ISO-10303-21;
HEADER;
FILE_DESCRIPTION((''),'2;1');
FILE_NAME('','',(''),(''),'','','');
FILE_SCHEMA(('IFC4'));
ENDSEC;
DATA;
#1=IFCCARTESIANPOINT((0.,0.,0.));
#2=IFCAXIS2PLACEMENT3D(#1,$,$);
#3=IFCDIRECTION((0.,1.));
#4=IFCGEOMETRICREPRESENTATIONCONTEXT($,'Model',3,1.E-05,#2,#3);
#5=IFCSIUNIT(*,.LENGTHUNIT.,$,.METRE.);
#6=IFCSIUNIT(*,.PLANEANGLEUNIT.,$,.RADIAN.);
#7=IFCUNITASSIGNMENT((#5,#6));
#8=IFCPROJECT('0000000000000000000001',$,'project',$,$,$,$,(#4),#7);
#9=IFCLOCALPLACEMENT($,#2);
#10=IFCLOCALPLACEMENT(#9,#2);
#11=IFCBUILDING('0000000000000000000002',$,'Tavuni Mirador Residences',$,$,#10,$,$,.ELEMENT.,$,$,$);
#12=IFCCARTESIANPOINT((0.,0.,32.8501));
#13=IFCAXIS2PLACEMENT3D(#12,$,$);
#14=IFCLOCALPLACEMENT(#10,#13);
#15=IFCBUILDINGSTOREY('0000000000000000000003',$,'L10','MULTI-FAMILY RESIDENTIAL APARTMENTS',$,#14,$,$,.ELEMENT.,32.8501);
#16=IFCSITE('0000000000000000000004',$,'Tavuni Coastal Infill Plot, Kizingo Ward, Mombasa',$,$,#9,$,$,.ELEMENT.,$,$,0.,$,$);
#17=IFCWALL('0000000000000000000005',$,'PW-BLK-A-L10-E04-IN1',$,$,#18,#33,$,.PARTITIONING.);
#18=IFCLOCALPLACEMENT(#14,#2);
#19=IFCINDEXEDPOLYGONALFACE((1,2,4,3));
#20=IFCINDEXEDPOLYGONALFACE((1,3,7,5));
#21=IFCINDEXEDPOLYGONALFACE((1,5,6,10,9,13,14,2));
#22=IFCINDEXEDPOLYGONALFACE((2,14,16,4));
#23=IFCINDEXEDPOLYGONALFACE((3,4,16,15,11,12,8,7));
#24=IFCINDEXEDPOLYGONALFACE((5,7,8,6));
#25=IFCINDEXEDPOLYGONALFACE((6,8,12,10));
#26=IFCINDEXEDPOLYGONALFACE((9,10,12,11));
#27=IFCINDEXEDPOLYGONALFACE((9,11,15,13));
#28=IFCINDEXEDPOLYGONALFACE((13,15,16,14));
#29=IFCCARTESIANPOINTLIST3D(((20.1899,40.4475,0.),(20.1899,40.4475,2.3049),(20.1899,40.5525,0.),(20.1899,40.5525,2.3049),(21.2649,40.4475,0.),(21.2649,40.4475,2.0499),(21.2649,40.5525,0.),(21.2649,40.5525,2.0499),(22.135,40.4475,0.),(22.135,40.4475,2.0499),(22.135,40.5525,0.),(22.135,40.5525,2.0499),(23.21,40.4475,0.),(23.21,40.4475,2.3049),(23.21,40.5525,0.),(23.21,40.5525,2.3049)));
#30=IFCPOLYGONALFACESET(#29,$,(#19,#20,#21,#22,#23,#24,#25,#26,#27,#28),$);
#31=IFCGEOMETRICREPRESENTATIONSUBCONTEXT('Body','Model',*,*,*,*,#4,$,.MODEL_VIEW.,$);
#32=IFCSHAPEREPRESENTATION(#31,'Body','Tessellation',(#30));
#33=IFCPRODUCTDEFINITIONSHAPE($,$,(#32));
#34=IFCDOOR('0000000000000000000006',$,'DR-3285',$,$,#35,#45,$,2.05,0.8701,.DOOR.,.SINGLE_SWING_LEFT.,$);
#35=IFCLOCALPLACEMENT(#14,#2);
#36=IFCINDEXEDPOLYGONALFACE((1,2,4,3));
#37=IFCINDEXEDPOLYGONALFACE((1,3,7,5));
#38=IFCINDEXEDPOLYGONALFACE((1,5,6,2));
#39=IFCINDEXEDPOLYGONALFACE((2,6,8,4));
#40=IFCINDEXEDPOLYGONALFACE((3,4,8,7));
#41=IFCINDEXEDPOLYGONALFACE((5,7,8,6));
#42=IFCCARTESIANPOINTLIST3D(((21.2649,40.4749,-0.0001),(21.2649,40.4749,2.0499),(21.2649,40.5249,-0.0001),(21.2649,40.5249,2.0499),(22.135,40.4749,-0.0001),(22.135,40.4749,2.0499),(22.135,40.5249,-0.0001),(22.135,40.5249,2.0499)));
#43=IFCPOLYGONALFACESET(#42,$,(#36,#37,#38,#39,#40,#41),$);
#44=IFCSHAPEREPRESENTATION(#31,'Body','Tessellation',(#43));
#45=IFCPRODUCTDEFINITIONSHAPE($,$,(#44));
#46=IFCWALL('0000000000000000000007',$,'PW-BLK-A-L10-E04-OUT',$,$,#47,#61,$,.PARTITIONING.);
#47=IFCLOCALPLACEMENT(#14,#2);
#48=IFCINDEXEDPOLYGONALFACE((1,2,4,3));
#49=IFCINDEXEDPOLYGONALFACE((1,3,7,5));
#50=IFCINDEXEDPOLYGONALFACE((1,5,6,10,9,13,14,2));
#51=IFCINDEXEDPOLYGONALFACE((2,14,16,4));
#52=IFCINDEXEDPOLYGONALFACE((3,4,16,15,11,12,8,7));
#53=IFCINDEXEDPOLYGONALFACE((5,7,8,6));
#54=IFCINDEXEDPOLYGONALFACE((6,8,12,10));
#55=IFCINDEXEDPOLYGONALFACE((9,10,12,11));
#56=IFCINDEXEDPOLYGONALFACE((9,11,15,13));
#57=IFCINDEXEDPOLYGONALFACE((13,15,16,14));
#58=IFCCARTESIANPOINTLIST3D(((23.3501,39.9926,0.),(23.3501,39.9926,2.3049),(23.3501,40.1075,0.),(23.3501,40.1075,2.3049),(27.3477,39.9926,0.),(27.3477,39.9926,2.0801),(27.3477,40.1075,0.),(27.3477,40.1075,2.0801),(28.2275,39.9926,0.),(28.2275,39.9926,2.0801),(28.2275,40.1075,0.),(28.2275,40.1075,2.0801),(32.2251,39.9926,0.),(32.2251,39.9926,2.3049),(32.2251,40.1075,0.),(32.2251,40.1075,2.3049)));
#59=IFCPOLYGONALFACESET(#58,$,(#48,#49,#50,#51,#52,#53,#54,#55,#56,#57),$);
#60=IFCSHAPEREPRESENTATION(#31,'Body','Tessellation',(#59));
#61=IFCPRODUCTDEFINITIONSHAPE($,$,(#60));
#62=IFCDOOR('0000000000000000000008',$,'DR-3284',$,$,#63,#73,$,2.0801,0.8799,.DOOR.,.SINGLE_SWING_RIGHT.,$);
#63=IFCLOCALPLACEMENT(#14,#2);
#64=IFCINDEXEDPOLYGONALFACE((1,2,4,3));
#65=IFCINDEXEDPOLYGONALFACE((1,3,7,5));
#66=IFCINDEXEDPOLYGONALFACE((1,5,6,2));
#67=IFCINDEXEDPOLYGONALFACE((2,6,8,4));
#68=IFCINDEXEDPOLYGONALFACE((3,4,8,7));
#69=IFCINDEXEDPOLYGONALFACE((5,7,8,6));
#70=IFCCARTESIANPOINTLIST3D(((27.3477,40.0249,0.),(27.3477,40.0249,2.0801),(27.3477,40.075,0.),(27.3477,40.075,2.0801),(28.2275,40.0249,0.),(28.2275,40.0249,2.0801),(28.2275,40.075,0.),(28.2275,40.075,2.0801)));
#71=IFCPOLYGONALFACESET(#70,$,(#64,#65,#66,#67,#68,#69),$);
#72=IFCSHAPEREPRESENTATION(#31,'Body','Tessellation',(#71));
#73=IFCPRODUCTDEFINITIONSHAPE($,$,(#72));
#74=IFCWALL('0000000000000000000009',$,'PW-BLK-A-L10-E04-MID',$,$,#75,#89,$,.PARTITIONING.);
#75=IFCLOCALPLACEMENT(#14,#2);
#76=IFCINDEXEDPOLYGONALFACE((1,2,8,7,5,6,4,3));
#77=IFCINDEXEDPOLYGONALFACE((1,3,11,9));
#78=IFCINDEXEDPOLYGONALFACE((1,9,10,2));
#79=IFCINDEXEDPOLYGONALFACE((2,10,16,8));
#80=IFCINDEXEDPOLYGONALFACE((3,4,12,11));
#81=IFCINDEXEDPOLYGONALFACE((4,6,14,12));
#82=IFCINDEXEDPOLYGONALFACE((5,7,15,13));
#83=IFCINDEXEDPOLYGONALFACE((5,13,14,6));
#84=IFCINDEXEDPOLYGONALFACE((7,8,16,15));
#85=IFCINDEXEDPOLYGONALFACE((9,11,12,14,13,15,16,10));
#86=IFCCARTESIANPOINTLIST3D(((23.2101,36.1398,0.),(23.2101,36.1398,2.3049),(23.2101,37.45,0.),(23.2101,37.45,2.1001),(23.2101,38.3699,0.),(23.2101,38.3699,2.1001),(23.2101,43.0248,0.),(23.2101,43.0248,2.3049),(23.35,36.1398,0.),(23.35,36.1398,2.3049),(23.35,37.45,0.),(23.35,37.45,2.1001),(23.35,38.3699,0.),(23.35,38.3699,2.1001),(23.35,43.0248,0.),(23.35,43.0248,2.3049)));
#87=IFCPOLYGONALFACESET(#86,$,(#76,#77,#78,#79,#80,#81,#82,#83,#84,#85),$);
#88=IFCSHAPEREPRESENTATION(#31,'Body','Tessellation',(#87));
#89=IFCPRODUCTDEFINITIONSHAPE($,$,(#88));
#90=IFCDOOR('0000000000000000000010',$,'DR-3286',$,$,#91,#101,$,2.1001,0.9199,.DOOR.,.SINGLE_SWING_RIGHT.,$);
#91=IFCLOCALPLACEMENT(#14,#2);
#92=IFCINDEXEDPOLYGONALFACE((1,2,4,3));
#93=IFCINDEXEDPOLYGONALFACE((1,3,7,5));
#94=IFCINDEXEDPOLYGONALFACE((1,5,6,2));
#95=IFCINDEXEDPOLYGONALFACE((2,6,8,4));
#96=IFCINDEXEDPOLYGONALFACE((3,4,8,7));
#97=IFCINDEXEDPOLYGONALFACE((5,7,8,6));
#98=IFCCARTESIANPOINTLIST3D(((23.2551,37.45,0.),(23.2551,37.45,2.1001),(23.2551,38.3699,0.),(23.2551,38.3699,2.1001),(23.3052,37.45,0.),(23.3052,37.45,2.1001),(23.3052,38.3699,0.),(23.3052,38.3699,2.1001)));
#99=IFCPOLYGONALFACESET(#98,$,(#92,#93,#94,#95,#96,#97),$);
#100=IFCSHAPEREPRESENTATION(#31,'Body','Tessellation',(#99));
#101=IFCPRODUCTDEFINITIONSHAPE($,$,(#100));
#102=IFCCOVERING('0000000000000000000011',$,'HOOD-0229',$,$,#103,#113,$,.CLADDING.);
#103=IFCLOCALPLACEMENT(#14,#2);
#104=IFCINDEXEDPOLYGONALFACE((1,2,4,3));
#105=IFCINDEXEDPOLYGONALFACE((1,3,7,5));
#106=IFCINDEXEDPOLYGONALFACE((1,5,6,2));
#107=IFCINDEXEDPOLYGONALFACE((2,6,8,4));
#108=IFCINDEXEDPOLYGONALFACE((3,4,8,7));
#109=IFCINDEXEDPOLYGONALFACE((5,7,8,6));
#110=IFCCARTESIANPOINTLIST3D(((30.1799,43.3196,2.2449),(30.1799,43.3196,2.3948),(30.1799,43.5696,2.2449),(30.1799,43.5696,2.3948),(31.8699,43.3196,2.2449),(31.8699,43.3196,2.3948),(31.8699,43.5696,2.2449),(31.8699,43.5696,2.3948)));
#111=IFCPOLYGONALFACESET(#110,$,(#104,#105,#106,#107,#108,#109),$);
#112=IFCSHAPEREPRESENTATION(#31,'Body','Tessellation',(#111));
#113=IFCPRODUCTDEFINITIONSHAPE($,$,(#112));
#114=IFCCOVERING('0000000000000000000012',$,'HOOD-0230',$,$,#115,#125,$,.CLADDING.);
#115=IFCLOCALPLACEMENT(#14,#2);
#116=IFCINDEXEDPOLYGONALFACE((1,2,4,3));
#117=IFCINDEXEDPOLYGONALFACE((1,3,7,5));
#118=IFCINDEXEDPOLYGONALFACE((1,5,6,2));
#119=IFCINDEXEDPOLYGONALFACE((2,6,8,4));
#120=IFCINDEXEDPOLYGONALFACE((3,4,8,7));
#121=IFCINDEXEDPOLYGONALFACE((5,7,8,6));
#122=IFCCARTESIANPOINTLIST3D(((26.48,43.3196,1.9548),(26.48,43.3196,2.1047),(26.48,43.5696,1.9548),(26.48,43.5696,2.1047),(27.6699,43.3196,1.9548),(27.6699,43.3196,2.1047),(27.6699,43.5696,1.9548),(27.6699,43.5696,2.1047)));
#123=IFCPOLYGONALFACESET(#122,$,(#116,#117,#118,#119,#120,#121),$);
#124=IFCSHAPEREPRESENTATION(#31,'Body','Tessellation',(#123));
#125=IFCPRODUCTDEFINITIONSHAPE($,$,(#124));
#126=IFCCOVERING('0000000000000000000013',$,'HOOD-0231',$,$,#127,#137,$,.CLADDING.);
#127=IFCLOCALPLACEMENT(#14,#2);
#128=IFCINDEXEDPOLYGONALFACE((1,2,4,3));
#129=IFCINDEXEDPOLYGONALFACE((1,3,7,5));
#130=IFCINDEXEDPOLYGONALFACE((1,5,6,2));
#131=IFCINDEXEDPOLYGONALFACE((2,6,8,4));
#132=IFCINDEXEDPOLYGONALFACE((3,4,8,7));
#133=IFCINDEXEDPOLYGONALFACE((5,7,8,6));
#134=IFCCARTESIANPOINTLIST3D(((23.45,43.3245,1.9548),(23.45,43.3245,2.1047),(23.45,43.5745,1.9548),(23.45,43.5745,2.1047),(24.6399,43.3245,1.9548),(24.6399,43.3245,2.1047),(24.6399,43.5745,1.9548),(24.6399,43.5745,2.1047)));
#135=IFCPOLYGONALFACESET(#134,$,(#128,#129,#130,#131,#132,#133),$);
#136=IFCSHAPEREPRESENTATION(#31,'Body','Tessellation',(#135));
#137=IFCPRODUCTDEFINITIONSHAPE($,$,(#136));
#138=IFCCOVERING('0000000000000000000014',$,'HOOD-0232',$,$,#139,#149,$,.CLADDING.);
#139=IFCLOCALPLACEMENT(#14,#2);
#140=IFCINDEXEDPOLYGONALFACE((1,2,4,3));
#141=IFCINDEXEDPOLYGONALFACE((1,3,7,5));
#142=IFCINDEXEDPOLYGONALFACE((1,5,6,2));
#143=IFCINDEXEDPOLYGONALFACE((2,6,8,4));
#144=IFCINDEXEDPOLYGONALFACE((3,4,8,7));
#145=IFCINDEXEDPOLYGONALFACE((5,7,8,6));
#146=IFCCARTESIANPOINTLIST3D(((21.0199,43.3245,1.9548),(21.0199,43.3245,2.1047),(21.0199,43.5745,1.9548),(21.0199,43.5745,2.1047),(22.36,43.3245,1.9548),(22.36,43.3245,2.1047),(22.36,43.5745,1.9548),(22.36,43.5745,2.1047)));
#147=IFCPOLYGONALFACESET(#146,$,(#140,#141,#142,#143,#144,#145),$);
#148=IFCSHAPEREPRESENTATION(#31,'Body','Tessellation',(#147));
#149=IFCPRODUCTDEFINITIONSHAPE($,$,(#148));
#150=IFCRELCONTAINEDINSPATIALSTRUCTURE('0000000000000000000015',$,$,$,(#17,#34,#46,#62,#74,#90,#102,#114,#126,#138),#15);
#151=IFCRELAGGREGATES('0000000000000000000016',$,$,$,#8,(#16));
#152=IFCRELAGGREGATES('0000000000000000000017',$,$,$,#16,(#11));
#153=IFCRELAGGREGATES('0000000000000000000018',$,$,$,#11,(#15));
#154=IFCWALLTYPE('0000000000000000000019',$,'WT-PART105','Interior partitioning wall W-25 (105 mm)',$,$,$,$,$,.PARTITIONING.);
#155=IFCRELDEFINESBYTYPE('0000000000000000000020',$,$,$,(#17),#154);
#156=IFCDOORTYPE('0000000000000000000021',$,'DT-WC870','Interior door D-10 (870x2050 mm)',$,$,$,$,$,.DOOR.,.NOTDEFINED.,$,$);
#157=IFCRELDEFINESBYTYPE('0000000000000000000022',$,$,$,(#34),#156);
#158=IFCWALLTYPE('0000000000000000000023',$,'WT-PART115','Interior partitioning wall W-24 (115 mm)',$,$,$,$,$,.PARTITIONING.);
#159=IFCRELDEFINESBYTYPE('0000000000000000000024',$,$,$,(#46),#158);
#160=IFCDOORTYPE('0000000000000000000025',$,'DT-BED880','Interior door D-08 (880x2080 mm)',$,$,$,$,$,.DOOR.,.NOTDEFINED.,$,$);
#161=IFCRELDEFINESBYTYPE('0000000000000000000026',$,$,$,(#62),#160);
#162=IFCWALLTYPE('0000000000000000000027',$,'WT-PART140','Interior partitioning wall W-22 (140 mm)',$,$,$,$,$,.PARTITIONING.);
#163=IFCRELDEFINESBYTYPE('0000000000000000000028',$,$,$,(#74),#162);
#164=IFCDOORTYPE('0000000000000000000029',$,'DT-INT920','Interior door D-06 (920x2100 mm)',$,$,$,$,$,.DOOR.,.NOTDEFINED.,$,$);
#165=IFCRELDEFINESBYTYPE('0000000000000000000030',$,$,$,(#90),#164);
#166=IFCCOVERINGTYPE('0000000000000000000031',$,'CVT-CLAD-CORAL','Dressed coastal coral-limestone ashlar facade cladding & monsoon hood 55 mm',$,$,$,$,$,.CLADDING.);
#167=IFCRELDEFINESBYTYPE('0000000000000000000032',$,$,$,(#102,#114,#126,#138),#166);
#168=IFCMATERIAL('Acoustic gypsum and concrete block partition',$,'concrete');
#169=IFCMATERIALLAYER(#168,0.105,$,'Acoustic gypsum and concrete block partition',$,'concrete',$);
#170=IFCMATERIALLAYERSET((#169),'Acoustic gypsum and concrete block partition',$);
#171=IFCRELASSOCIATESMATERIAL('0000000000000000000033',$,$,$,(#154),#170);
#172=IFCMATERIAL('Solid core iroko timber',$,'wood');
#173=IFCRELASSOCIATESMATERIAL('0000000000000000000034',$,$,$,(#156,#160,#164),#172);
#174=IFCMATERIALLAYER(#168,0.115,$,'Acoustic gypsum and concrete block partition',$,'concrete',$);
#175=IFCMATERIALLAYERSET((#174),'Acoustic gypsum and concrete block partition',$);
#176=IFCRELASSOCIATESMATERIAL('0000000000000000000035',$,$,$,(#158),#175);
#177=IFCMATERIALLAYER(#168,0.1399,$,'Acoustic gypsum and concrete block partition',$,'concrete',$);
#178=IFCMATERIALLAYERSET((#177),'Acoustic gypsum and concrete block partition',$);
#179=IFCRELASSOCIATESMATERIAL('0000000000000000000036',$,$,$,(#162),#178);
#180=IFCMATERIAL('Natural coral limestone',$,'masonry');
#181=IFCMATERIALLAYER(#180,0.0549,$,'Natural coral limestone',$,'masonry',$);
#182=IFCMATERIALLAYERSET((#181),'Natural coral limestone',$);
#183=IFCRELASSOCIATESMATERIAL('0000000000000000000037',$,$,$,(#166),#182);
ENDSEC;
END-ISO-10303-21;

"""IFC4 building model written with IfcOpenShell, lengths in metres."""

from ifc_helpers import new_model, si_unit, direction, frame, frame_2d, origin, origin_2d, place, context, subcontext, project, spatial, rectangle, extrude, material, layer, layer_set, type_object, element, fill, save


model = new_model("IFC4")

# Units and contexts
model_context = context("Model", 3, precision=1e-05, world=origin(), true_north=direction((0.0, 1.0)))
body_context = subcontext(model_context, "Body", "Model", "MODEL_VIEW")
ifc_project = project(units=[si_unit("LENGTHUNIT", "METRE"), si_unit("PLANEANGLEUNIT", "RADIAN")], contexts=[model_context])

# Site, building, storey
site_placement = place(None, origin())
site = spatial("IfcSite", under=ifc_project, at=site_placement, Name="Tavuni Coastal Infill Plot, Kizingo Ward, Mombasa", CompositionType="ELEMENT", RefElevation=0.0)
building_placement = place(site_placement, origin())
building = spatial("IfcBuilding", under=site, at=building_placement, Name="Tavuni Mirador Residences", CompositionType="ELEMENT")
storey_placement = place(building_placement, frame((0.0, 0.0, 32.8501)))
storey = spatial("IfcBuildingStorey", under=building, at=storey_placement, Name="L10", Description="MULTI-FAMILY RESIDENTIAL APARTMENTS", CompositionType="ELEMENT", Elevation=32.8501)

# Walls, openings, doors
ifc_material_1 = material(Name="Acoustic gypsum and concrete block partition", Category="concrete")
ifc_layer_1 = layer(ifc_material_1, 0.105, Name="Acoustic gypsum and concrete block partition", Category="concrete")
ifc_layer_set_1 = layer_set([ifc_layer_1], Name="Acoustic gypsum and concrete block partition")
wall_type_1 = type_object("IfcWallType", Name="WT-PART105", Description="Interior partitioning wall W-25 (105 mm)", PredefinedType="PARTITIONING", material=ifc_layer_set_1)
wall_1_placement = place(storey_placement, frame((20.1899, 40.5, 0.0), z_axis=(0.0, 0.0, 1.0), x_axis=(1.0, 0.0, 0.0)))
wall_1 = element("IfcWall", 1, at=wall_1_placement, inside=storey, type_object=wall_type_1, Name="PW-BLK-A-L10-E04-IN1", PredefinedType="PARTITIONING", context=body_context, shape_type="SweptSolid", body=[
    extrude(rectangle(XDim=3.02, YDim=0.105, at=frame_2d((1.51, 0.0))), origin(), (0.0, 0.0, 1.0), 2.3049),
])
opening_1_placement = place(wall_1_placement, frame((1.075, 0.0, 0.0)))
opening_1 = element("IfcOpeningElement", 2, at=opening_1_placement, cuts=wall_1, PredefinedType="OPENING", context=body_context, shape_type="SweptSolid", body=[
    extrude(rectangle(XDim=0.8701, YDim=2.05, at=frame_2d((0.4351, 1.0249))), frame((0.0, 0.0625, 0.0), z_axis=(0.0, -1.0, 0.0), x_axis=(1.0, 0.0, 0.0)), (0.0, 0.0, 1.0), 0.125),
])
ifc_material_2 = material(Name="Solid core iroko timber", Category="wood")
door_type_1 = type_object("IfcDoorType", Name="DT-WC870", Description="Interior door D-10 (870x2050 mm)", OperationType="NOTDEFINED", PredefinedType="DOOR", material=ifc_material_2)
door_1_placement = place(opening_1_placement, origin())
door_1 = element("IfcDoor", 3, at=door_1_placement, inside=storey, type_object=door_type_1, Name="DR-3285", OperationType="SINGLE_SWING_LEFT", OverallHeight=2.05, OverallWidth=0.8701, PredefinedType="DOOR", context=body_context, shape_type="SweptSolid", body=[
    extrude(rectangle(XDim=0.8701, YDim=2.05, at=frame_2d((0.4351, 1.0249))), frame((0.0, 0.0249, 0.0), z_axis=(0.0, -1.0, 0.0), x_axis=(1.0, 0.0, 0.0)), (0.0, 0.0, 1.0), 0.05),
])
fill(opening_1, door_1)
ifc_layer_2 = layer(ifc_material_1, 0.115, Name="Acoustic gypsum and concrete block partition", Category="concrete")
ifc_layer_set_2 = layer_set([ifc_layer_2], Name="Acoustic gypsum and concrete block partition")
wall_type_2 = type_object("IfcWallType", Name="WT-PART115", Description="Interior partitioning wall W-24 (115 mm)", PredefinedType="PARTITIONING", material=ifc_layer_set_2)
wall_2_placement = place(storey_placement, frame((23.3501, 40.05, 0.0), z_axis=(0.0, 0.0, 1.0), x_axis=(1.0, 0.0, 0.0)))
wall_2 = element("IfcWall", 4, at=wall_2_placement, inside=storey, type_object=wall_type_2, Name="PW-BLK-A-L10-E04-OUT", PredefinedType="PARTITIONING", context=body_context, shape_type="SweptSolid", body=[
    extrude(rectangle(XDim=8.875, YDim=0.115, at=frame_2d((4.4375, 0.0))), origin(), (0.0, 0.0, 1.0), 2.3049),
])
opening_2_placement = place(wall_2_placement, frame((3.9976, 0.0, 0.0)))
opening_2 = element("IfcOpeningElement", 5, at=opening_2_placement, cuts=wall_2, PredefinedType="OPENING", context=body_context, shape_type="SweptSolid", body=[
    extrude(rectangle(XDim=0.8799, YDim=2.0801, at=frame_2d((0.4399, 1.04))), frame((0.0, 0.0674, 0.0), z_axis=(0.0, -1.0, 0.0), x_axis=(1.0, 0.0, 0.0)), (0.0, 0.0, 1.0), 0.135),
])
door_type_2 = type_object("IfcDoorType", Name="DT-BED880", Description="Interior door D-08 (880x2080 mm)", OperationType="NOTDEFINED", PredefinedType="DOOR", material=ifc_material_2)
door_2_placement = place(opening_2_placement, origin())
door_2 = element("IfcDoor", 6, at=door_2_placement, inside=storey, type_object=door_type_2, Name="DR-3284", OperationType="SINGLE_SWING_RIGHT", OverallHeight=2.0801, OverallWidth=0.8799, PredefinedType="DOOR", context=body_context, shape_type="SweptSolid", body=[
    extrude(rectangle(XDim=0.8799, YDim=2.0801, at=frame_2d((0.4399, 1.04))), frame((0.0, 0.0249, 0.0), z_axis=(0.0, -1.0, 0.0), x_axis=(1.0, 0.0, 0.0)), (0.0, 0.0, 1.0), 0.05),
])
fill(opening_2, door_2)
ifc_layer_3 = layer(ifc_material_1, 0.1399, Name="Acoustic gypsum and concrete block partition", Category="concrete")
ifc_layer_set_3 = layer_set([ifc_layer_3], Name="Acoustic gypsum and concrete block partition")
wall_type_3 = type_object("IfcWallType", Name="WT-PART140", Description="Interior partitioning wall W-22 (140 mm)", PredefinedType="PARTITIONING", material=ifc_layer_set_3)
wall_3_placement = place(storey_placement, frame((23.28, 36.1399, 0.0), z_axis=(0.0, 0.0, 1.0), x_axis=(0.0, 1.0, 0.0)))
wall_3 = element("IfcWall", 7, at=wall_3_placement, inside=storey, type_object=wall_type_3, Name="PW-BLK-A-L10-E04-MID", PredefinedType="PARTITIONING", context=body_context, shape_type="SweptSolid", body=[
    extrude(rectangle(XDim=6.885, YDim=0.1399, at=frame_2d((3.4424, 0.0))), origin(), (0.0, 0.0, 1.0), 2.3049),
])
opening_3_placement = place(wall_3_placement, frame((1.3101, 0.0, 0.0)))
opening_3 = element("IfcOpeningElement", 8, at=opening_3_placement, cuts=wall_3, PredefinedType="OPENING", context=body_context, shape_type="SweptSolid", body=[
    extrude(rectangle(XDim=0.9199, YDim=2.1001, at=frame_2d((0.46, 1.05))), frame((0.0, 0.0801, 0.0), z_axis=(0.0, -1.0, 0.0), x_axis=(1.0, 0.0, 0.0)), (0.0, 0.0, 1.0), 0.1599),
])
door_type_3 = type_object("IfcDoorType", Name="DT-INT920", Description="Interior door D-06 (920x2100 mm)", OperationType="NOTDEFINED", PredefinedType="DOOR", material=ifc_material_2)
door_3_placement = place(opening_3_placement, origin())
door_3 = element("IfcDoor", 9, at=door_3_placement, inside=storey, type_object=door_type_3, Name="DR-3286", OperationType="SINGLE_SWING_RIGHT", OverallHeight=2.1001, OverallWidth=0.9199, PredefinedType="DOOR", context=body_context, shape_type="SweptSolid", body=[
    extrude(rectangle(XDim=0.9199, YDim=2.1001, at=frame_2d((0.46, 1.05))), frame((0.0, 0.0249, 0.0), z_axis=(0.0, -1.0, 0.0), x_axis=(1.0, 0.0, 0.0)), (0.0, 0.0, 1.0), 0.05),
])
fill(opening_3, door_3)

# Coverings
ifc_material_3 = material(Name="Natural coral limestone", Category="masonry")
ifc_layer_4 = layer(ifc_material_3, 0.0549, Name="Natural coral limestone", Category="masonry")
ifc_layer_set_4 = layer_set([ifc_layer_4], Name="Natural coral limestone")
covering_type = type_object("IfcCoveringType", Name="CVT-CLAD-CORAL", Description="Dressed coastal coral-limestone ashlar facade cladding & monsoon hood 55 mm", PredefinedType="CLADDING", material=ifc_layer_set_4)
covering_1_placement = place(storey_placement, frame((31.0249, 43.4446, 2.2449), z_axis=(0.0, 0.0, 1.0), x_axis=(-1.0, 0.0, 0.0)))
element("IfcCovering", 10, at=covering_1_placement, inside=storey, type_object=covering_type, Name="HOOD-0229", PredefinedType="CLADDING", context=body_context, shape_type="SweptSolid", body=[
    extrude(rectangle(XDim=1.6899, YDim=0.25, at=origin_2d()), origin(), (0.0, 0.0, 1.0), 0.1499),
])
for number, where, z_axis, x_axis, name in (
    (11, (27.075, 43.4446, 1.9548), (0.0, 0.0, 1.0), (-1.0, 0.0, 0.0), "HOOD-0230"),
    (12, (24.0449, 43.4495, 1.9548), (0.0, 0.0, 1.0), (-1.0, 0.0, 0.0), "HOOD-0231"),
):
    element("IfcCovering", number, at=place(storey_placement, frame(where, z_axis=z_axis, x_axis=x_axis)), inside=storey, type_object=covering_type, Name=name, PredefinedType="CLADDING", context=body_context, shape_type="SweptSolid", body=[
        extrude(rectangle(XDim=1.1899, YDim=0.25, at=origin_2d()), origin(), (0.0, 0.0, 1.0), 0.1499),
    ])
covering_2_placement = place(storey_placement, frame((21.6899, 43.4495, 1.9548), z_axis=(0.0, 0.0, 1.0), x_axis=(-1.0, 0.0, 0.0)))
element("IfcCovering", 13, at=covering_2_placement, inside=storey, type_object=covering_type, Name="HOOD-0232", PredefinedType="CLADDING", context=body_context, shape_type="SweptSolid", body=[
    extrude(rectangle(XDim=1.3401, YDim=0.25, at=origin_2d()), origin(), (0.0, 0.0, 1.0), 0.1499),
])

save(model, "model.ifc")
